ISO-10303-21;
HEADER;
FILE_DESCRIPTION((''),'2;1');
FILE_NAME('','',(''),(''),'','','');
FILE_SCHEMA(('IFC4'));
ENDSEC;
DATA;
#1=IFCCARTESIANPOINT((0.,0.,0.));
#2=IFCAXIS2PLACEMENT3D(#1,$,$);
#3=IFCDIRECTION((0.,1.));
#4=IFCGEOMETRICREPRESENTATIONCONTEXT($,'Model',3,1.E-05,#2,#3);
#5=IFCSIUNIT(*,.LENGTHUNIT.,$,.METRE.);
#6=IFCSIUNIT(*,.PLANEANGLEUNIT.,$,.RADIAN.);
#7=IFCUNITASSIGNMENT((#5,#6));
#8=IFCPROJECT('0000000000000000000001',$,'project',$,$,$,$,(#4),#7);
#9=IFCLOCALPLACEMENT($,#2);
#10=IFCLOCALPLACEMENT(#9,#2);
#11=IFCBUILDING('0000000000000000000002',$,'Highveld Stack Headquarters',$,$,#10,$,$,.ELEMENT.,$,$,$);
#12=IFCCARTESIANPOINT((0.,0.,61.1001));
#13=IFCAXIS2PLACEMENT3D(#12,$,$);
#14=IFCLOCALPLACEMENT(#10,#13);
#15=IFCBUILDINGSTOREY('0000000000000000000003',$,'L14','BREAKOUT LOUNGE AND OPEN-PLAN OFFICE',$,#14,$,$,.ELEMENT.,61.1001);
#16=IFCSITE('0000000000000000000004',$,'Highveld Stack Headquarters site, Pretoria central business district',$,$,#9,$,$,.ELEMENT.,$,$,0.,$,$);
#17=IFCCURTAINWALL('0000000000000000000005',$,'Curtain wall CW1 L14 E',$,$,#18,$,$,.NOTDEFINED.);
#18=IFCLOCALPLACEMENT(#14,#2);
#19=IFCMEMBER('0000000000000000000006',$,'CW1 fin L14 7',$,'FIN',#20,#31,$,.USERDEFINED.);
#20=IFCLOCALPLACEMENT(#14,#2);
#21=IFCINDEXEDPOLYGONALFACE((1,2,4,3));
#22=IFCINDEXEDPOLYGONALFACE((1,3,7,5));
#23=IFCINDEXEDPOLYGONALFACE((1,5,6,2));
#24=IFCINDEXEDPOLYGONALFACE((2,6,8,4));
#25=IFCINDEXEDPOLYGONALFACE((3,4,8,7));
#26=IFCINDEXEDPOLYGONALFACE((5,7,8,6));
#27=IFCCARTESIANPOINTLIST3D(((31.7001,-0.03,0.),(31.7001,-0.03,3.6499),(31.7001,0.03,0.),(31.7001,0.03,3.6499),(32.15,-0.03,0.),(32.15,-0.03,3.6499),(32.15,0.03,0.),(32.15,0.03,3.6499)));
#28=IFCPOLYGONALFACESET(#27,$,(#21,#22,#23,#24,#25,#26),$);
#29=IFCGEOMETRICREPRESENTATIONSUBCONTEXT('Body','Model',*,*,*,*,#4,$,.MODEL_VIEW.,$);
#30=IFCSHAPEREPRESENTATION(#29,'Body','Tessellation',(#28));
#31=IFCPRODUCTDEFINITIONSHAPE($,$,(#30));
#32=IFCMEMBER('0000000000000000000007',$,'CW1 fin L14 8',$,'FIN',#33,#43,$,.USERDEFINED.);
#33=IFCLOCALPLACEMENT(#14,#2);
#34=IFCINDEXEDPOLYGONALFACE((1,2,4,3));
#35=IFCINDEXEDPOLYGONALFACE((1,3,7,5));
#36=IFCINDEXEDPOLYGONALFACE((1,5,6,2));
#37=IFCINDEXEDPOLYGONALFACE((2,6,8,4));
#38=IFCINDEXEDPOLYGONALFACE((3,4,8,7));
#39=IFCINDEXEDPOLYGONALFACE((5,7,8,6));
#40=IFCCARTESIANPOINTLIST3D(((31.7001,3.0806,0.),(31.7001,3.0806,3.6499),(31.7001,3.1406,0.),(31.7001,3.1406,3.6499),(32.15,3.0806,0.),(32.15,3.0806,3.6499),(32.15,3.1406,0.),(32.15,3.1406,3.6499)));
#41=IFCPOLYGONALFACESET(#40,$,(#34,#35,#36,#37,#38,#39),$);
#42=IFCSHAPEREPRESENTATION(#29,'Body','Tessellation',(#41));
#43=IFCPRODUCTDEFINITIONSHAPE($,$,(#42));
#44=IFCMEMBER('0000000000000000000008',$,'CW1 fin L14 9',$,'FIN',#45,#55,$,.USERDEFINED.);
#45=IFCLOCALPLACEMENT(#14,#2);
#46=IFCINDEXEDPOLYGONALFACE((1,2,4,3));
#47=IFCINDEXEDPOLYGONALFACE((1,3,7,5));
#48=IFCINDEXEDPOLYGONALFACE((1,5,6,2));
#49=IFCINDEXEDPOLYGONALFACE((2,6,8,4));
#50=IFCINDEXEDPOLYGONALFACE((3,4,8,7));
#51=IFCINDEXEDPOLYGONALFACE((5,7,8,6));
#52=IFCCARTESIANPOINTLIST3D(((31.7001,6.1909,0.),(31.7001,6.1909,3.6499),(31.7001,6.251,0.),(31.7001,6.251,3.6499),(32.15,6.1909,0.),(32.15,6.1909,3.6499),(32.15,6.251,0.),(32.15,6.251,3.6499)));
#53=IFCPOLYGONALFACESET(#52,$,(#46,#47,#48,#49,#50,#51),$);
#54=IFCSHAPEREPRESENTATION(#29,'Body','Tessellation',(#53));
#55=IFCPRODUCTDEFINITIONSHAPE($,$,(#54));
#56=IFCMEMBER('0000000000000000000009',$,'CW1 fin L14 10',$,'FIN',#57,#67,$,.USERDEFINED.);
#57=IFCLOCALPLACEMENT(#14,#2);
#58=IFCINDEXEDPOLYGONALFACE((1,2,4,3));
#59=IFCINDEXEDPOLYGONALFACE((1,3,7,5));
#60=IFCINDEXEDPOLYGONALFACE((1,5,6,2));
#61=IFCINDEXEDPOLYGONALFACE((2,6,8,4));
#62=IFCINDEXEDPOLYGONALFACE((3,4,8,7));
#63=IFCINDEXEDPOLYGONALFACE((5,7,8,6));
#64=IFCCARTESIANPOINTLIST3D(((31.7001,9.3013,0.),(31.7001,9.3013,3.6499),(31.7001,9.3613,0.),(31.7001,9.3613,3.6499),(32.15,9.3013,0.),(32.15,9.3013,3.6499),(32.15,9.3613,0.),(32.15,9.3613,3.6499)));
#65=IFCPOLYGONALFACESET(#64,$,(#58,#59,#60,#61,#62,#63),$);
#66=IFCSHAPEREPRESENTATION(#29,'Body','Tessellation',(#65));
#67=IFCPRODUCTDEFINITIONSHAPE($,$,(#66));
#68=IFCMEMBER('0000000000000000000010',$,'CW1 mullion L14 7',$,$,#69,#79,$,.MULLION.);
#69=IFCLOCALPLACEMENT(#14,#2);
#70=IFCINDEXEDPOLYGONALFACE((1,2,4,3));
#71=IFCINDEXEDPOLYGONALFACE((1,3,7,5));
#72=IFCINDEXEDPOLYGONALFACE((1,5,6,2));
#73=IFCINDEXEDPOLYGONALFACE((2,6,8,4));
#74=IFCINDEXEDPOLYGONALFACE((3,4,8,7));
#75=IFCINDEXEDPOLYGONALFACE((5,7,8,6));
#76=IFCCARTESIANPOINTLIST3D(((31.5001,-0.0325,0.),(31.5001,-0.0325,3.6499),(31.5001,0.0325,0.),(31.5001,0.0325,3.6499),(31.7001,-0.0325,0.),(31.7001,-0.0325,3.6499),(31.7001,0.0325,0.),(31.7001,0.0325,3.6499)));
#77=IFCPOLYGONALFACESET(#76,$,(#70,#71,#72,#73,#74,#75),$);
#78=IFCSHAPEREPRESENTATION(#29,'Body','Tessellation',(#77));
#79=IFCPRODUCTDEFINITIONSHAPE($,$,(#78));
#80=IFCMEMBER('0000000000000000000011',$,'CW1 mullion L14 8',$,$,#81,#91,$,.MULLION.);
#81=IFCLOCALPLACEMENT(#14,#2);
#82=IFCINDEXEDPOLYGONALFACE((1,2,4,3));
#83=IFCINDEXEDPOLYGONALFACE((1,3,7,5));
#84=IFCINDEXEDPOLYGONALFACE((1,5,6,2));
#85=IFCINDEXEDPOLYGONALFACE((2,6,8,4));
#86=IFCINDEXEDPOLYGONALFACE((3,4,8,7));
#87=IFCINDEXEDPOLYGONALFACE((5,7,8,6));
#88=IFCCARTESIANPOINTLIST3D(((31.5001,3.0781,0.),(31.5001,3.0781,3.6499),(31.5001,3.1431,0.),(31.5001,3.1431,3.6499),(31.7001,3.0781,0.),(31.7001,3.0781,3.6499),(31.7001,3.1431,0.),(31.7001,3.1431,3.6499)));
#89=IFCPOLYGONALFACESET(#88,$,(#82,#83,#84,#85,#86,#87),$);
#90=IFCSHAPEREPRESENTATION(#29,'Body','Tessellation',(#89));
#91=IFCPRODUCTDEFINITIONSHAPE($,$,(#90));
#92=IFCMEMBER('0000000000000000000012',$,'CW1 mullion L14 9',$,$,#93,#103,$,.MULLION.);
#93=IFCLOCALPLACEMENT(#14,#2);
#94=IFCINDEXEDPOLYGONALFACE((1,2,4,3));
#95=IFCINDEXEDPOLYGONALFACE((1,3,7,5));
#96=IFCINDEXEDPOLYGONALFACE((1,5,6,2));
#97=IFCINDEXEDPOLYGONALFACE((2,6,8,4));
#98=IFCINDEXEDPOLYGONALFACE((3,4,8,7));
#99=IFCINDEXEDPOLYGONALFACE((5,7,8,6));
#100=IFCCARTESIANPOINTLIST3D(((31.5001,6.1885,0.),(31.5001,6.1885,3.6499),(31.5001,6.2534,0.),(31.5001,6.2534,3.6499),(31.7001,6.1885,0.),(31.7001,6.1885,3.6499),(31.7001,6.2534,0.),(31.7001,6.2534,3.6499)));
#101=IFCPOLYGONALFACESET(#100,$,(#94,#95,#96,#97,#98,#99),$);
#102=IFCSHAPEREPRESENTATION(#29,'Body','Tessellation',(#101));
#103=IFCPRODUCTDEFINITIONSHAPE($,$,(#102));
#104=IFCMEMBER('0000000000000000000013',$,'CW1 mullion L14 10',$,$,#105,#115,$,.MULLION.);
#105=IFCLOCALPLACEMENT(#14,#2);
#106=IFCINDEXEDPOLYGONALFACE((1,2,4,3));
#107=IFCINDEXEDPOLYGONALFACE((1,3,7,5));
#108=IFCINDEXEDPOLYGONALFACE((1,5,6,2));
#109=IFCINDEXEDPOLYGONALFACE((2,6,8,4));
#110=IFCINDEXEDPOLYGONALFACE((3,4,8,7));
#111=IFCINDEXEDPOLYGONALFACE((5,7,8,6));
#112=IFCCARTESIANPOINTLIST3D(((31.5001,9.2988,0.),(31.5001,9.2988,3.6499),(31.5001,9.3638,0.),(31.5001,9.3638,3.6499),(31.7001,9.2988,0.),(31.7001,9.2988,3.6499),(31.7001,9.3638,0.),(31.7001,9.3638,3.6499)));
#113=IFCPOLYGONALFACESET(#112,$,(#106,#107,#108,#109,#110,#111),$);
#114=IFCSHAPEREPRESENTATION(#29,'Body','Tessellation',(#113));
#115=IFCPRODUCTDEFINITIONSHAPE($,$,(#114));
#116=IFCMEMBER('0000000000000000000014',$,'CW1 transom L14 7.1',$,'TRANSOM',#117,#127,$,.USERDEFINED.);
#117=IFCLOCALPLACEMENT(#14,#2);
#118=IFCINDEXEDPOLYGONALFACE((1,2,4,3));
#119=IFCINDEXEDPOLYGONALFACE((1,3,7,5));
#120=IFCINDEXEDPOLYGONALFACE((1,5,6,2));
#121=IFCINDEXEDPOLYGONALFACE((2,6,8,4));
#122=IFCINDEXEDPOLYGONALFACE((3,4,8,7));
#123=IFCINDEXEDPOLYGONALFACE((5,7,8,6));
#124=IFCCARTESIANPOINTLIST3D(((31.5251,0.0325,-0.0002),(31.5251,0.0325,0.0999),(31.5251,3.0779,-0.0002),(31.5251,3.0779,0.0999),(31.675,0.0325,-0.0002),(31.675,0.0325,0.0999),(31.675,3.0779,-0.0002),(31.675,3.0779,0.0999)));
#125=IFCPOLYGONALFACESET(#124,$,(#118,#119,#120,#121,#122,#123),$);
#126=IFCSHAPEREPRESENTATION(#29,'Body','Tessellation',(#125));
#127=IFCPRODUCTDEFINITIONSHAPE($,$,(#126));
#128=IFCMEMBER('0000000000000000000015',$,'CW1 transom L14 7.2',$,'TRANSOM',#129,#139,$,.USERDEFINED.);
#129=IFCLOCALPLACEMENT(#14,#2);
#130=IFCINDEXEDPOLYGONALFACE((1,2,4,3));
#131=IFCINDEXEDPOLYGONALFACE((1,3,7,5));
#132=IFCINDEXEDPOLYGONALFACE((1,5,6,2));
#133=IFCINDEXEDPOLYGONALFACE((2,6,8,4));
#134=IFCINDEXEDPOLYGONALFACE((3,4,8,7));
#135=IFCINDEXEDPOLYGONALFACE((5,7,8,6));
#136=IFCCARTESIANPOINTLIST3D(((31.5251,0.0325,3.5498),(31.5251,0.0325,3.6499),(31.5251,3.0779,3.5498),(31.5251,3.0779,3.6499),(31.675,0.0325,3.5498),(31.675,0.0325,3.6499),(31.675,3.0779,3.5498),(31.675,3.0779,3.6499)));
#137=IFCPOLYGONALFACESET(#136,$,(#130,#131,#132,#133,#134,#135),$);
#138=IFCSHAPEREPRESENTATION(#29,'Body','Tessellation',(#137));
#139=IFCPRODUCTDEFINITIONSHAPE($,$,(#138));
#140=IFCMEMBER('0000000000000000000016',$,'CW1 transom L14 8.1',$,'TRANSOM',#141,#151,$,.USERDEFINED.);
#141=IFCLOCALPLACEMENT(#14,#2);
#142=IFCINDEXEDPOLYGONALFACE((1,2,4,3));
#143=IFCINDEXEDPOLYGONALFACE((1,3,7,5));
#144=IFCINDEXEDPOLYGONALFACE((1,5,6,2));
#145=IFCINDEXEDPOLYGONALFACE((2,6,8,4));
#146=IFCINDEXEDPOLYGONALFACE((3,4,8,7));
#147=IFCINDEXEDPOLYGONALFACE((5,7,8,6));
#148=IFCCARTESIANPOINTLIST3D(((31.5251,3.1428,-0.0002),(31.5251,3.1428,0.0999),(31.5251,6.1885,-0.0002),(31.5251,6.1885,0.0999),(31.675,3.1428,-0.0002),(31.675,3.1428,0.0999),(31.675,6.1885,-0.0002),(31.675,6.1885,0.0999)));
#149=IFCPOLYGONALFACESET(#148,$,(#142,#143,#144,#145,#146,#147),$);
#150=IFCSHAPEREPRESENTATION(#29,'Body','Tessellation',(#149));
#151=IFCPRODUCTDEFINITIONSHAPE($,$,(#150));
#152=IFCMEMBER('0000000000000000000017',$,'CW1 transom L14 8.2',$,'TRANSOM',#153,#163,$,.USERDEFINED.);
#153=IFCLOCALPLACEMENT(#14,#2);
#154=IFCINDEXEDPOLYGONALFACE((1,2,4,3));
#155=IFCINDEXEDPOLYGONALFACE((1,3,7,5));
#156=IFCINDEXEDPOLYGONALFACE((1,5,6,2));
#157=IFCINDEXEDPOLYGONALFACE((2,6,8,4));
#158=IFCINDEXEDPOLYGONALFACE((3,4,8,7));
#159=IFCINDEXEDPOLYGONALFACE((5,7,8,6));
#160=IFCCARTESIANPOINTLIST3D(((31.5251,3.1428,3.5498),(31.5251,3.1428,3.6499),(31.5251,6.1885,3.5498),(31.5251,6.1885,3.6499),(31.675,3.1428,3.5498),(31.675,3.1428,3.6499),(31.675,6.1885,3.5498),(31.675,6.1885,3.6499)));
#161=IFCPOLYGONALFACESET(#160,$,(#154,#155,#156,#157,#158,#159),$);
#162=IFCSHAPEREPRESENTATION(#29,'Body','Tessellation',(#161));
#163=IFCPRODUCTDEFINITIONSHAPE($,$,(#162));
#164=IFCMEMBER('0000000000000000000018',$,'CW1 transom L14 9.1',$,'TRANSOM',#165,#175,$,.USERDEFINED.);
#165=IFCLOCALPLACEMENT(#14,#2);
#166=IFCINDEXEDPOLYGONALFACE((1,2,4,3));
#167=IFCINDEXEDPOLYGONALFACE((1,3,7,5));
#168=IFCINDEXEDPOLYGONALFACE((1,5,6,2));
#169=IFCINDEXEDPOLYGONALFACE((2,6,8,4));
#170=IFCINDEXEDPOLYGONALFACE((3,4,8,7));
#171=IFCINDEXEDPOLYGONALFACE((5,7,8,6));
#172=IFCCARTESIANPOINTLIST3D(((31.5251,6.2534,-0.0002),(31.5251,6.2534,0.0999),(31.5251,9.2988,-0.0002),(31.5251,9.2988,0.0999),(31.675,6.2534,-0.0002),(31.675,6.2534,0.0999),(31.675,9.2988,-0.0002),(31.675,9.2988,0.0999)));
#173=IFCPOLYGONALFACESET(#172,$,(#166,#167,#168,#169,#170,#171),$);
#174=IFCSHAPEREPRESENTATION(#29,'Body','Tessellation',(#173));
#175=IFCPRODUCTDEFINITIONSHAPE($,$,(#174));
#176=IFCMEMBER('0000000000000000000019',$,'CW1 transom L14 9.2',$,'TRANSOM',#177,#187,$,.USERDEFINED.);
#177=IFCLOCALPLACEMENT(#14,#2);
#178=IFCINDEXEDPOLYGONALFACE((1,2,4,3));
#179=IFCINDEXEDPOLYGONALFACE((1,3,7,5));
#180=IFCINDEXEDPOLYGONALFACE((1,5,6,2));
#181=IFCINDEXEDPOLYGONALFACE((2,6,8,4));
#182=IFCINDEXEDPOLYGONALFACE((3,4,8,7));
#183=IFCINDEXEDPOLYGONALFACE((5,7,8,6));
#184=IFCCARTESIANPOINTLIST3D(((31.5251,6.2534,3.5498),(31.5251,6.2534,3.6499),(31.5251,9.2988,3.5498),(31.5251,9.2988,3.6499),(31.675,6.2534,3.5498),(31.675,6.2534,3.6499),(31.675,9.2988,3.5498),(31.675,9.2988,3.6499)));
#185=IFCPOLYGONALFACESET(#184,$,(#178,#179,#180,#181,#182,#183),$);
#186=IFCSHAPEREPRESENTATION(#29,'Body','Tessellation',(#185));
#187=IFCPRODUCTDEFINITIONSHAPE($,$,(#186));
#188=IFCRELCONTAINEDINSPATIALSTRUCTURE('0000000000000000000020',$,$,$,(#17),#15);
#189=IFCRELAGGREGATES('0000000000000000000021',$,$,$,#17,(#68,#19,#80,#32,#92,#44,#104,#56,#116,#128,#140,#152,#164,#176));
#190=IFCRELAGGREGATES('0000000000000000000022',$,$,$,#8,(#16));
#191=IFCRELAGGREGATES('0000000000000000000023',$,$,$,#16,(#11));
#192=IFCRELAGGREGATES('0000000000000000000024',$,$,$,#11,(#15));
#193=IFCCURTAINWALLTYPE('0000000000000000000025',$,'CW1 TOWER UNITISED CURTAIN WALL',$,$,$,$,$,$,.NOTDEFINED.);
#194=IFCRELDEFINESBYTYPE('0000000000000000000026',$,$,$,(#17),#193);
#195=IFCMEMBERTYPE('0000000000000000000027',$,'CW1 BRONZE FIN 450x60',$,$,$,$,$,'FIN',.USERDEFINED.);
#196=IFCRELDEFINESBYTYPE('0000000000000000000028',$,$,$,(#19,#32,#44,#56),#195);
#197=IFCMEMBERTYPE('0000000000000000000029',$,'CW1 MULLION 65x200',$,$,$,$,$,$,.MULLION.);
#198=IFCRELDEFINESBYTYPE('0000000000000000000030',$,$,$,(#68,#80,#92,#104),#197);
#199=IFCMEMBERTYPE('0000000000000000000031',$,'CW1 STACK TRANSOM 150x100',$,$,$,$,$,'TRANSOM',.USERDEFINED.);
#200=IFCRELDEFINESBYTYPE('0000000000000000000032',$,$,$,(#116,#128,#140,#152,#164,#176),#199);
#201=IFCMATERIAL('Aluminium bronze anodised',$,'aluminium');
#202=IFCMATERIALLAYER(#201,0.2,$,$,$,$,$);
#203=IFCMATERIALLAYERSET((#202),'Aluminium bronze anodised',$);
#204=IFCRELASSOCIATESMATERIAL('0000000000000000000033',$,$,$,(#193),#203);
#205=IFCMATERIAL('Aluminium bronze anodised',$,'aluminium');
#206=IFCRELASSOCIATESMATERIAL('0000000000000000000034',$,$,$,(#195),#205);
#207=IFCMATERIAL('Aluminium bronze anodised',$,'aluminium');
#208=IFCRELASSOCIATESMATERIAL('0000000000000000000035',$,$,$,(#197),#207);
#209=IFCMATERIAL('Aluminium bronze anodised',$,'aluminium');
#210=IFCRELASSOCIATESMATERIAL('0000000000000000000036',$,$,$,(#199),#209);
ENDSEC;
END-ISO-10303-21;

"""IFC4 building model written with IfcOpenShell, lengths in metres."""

from ifc_helpers import new_model, si_unit, direction, frame, origin, origin_2d, place, context, subcontext, project, spatial, rectangle, extrude, material, layer, layer_set, material_profile, profile_set, type_object, element, aggregate, save


model = new_model("IFC4")

# Units and contexts
model_context = context("Model", 3, precision=1e-05, world=origin(), true_north=direction((0.0, 1.0)))
body_context = subcontext(model_context, "Body", "Model", "MODEL_VIEW")
ifc_project = project(units=[si_unit("LENGTHUNIT", "METRE"), si_unit("PLANEANGLEUNIT", "RADIAN")], contexts=[model_context])

# Site, building, storey
site_placement = place(None, origin())
site = spatial("IfcSite", under=ifc_project, at=site_placement, Name="Highveld Stack Headquarters site, Pretoria central business district", CompositionType="ELEMENT", RefElevation=0.0)
building_placement = place(site_placement, origin())
building = spatial("IfcBuilding", under=site, at=building_placement, Name="Highveld Stack Headquarters", CompositionType="ELEMENT")
storey_placement = place(building_placement, frame((0.0, 0.0, 61.1001)))
storey = spatial("IfcBuildingStorey", under=building, at=storey_placement, Name="L14", Description="BREAKOUT LOUNGE AND OPEN-PLAN OFFICE", CompositionType="ELEMENT", Elevation=61.1001)

# Curtain wall, members
ifc_material_1 = material(Name="Aluminium bronze anodised", Category="aluminium")
ifc_layer_1 = layer(ifc_material_1, 0.2)
ifc_layer_set_1 = layer_set([ifc_layer_1], Name="Aluminium bronze anodised")
curtain_wall_type = type_object("IfcCurtainWallType", Name="CW1 TOWER UNITISED CURTAIN WALL", PredefinedType="NOTDEFINED", material=ifc_layer_set_1)
curtain_wall_placement = place(storey_placement, origin())
curtain_wall = element("IfcCurtainWall", 1, at=curtain_wall_placement, inside=storey, type_object=curtain_wall_type, Name="Curtain wall CW1 L14 E", PredefinedType="NOTDEFINED")
ifc_material_2 = material(Name="Aluminium bronze anodised", Category="aluminium")
ifc_material_profile_1 = material_profile(ifc_material_2, rectangle(XDim=0.45, YDim=0.0601, at=origin_2d()), Name="FIN 450x60")
ifc_profile_set_1 = profile_set([ifc_material_profile_1], Name="Aluminium bronze anodised")
member_type_1 = type_object("IfcMemberType", Name="CW1 BRONZE FIN 450x60", ElementType="FIN", PredefinedType="USERDEFINED", material=ifc_profile_set_1)
member_1_placement = place(storey_placement, frame((31.925, 0.0, 0.0), z_axis=(0.0, 0.0, 1.0), x_axis=(-1.0, 0.0, 0.0)))
member_1 = element("IfcMember", 2, at=member_1_placement, type_object=member_type_1, Name="CW1 fin L14 7", ObjectType="FIN", PredefinedType="USERDEFINED", context=body_context, shape_type="SweptSolid", body=[
    extrude(rectangle(XDim=0.45, YDim=0.0601, at=origin_2d()), origin(), (0.0, 0.0, 1.0), 3.6499),
])
member_2_placement = place(storey_placement, frame((31.925, 3.1106, 0.0), z_axis=(0.0, 0.0, 1.0), x_axis=(-1.0, 0.0, 0.0)))
member_2 = element("IfcMember", 3, at=member_2_placement, type_object=member_type_1, Name="CW1 fin L14 8", ObjectType="FIN", PredefinedType="USERDEFINED", context=body_context, shape_type="SweptSolid", body=[
    extrude(rectangle(XDim=0.45, YDim=0.0601, at=origin_2d()), origin(), (0.0, 0.0, 1.0), 3.6499),
])
member_3_placement = place(storey_placement, frame((31.925, 6.2209, 0.0), z_axis=(0.0, 0.0, 1.0), x_axis=(-1.0, 0.0, 0.0)))
member_3 = element("IfcMember", 4, at=member_3_placement, type_object=member_type_1, Name="CW1 fin L14 9", ObjectType="FIN", PredefinedType="USERDEFINED", context=body_context, shape_type="SweptSolid", body=[
    extrude(rectangle(XDim=0.45, YDim=0.0601, at=origin_2d()), origin(), (0.0, 0.0, 1.0), 3.6499),
])
member_4_placement = place(storey_placement, frame((31.925, 9.3313, 0.0), z_axis=(0.0, 0.0, 1.0), x_axis=(-1.0, 0.0, 0.0)))
member_4 = element("IfcMember", 5, at=member_4_placement, type_object=member_type_1, Name="CW1 fin L14 10", ObjectType="FIN", PredefinedType="USERDEFINED", context=body_context, shape_type="SweptSolid", body=[
    extrude(rectangle(XDim=0.45, YDim=0.0601, at=origin_2d()), origin(), (0.0, 0.0, 1.0), 3.6499),
])
ifc_material_3 = material(Name="Aluminium bronze anodised", Category="aluminium")
ifc_material_profile_2 = material_profile(ifc_material_3, rectangle(XDim=0.2, YDim=0.0649, at=origin_2d()), Name="CW1 MULLION 65x200")
ifc_profile_set_2 = profile_set([ifc_material_profile_2], Name="Aluminium bronze anodised")
member_type_2 = type_object("IfcMemberType", Name="CW1 MULLION 65x200", PredefinedType="MULLION", material=ifc_profile_set_2)
member_5_placement = place(storey_placement, frame((31.6001, 0.0, 0.0), z_axis=(0.0, 0.0, 1.0), x_axis=(-1.0, 0.0, 0.0)))
member_5 = element("IfcMember", 6, at=member_5_placement, type_object=member_type_2, Name="CW1 mullion L14 7", PredefinedType="MULLION", context=body_context, shape_type="SweptSolid", body=[
    extrude(rectangle(XDim=0.2, YDim=0.0649, at=origin_2d()), origin(), (0.0, 0.0, 1.0), 3.6499),
])
member_6_placement = place(storey_placement, frame((31.6001, 3.1106, 0.0), z_axis=(0.0, 0.0, 1.0), x_axis=(-1.0, 0.0, 0.0)))
member_6 = element("IfcMember", 7, at=member_6_placement, type_object=member_type_2, Name="CW1 mullion L14 8", PredefinedType="MULLION", context=body_context, shape_type="SweptSolid", body=[
    extrude(rectangle(XDim=0.2, YDim=0.0649, at=origin_2d()), origin(), (0.0, 0.0, 1.0), 3.6499),
])
member_7_placement = place(storey_placement, frame((31.6001, 6.2209, 0.0), z_axis=(0.0, 0.0, 1.0), x_axis=(-1.0, 0.0, 0.0)))
member_7 = element("IfcMember", 8, at=member_7_placement, type_object=member_type_2, Name="CW1 mullion L14 9", PredefinedType="MULLION", context=body_context, shape_type="SweptSolid", body=[
    extrude(rectangle(XDim=0.2, YDim=0.0649, at=origin_2d()), origin(), (0.0, 0.0, 1.0), 3.6499),
])
member_8_placement = place(storey_placement, frame((31.6001, 9.3313, 0.0), z_axis=(0.0, 0.0, 1.0), x_axis=(-1.0, 0.0, 0.0)))
member_8 = element("IfcMember", 9, at=member_8_placement, type_object=member_type_2, Name="CW1 mullion L14 10", PredefinedType="MULLION", context=body_context, shape_type="SweptSolid", body=[
    extrude(rectangle(XDim=0.2, YDim=0.0649, at=origin_2d()), origin(), (0.0, 0.0, 1.0), 3.6499),
])
ifc_material_4 = material(Name="Aluminium bronze anodised", Category="aluminium")
ifc_material_profile_3 = material_profile(ifc_material_4, rectangle(XDim=0.1499, YDim=0.1001, at=origin_2d()), Name="CW1 TRANSOM 150x100")
ifc_profile_set_3 = profile_set([ifc_material_profile_3], Name="Aluminium bronze anodised")
member_type_3 = type_object("IfcMemberType", Name="CW1 STACK TRANSOM 150x100", ElementType="TRANSOM", PredefinedType="USERDEFINED", material=ifc_profile_set_3)
member_9_placement = place(storey_placement, frame((31.6001, 0.0325, 0.0498), z_axis=(0.0, 1.0, 0.0), x_axis=(-1.0, 0.0, 0.0)))
member_9 = element("IfcMember", 10, at=member_9_placement, type_object=member_type_3, Name="CW1 transom L14 7.1", ObjectType="TRANSOM", PredefinedType="USERDEFINED", context=body_context, shape_type="SweptSolid", body=[
    extrude(rectangle(XDim=0.1499, YDim=0.1001, at=origin_2d()), origin(), (0.0, 0.0, 1.0), 3.0454),
])
member_10_placement = place(storey_placement, frame((31.6001, 0.0325, 3.5999), z_axis=(0.0, 1.0, 0.0), x_axis=(-1.0, 0.0, 0.0)))
member_10 = element("IfcMember", 11, at=member_10_placement, type_object=member_type_3, Name="CW1 transom L14 7.2", ObjectType="TRANSOM", PredefinedType="USERDEFINED", context=body_context, shape_type="SweptSolid", body=[
    extrude(rectangle(XDim=0.1499, YDim=0.1001, at=origin_2d()), origin(), (0.0, 0.0, 1.0), 3.0454),
])
member_11_placement = place(storey_placement, frame((31.6001, 3.1428, 0.0498), z_axis=(0.0, 1.0, 0.0), x_axis=(-1.0, 0.0, 0.0)))
member_11 = element("IfcMember", 12, at=member_11_placement, type_object=member_type_3, Name="CW1 transom L14 8.1", ObjectType="TRANSOM", PredefinedType="USERDEFINED", context=body_context, shape_type="SweptSolid", body=[
    extrude(rectangle(XDim=0.1499, YDim=0.1001, at=origin_2d()), origin(), (0.0, 0.0, 1.0), 3.0457),
])
member_12_placement = place(storey_placement, frame((31.6001, 3.1428, 3.5999), z_axis=(0.0, 1.0, 0.0), x_axis=(-1.0, 0.0, 0.0)))
member_12 = element("IfcMember", 13, at=member_12_placement, type_object=member_type_3, Name="CW1 transom L14 8.2", ObjectType="TRANSOM", PredefinedType="USERDEFINED", context=body_context, shape_type="SweptSolid", body=[
    extrude(rectangle(XDim=0.1499, YDim=0.1001, at=origin_2d()), origin(), (0.0, 0.0, 1.0), 3.0457),
])
member_13_placement = place(storey_placement, frame((31.6001, 6.2534, 0.0498), z_axis=(0.0, 1.0, 0.0), x_axis=(-1.0, 0.0, 0.0)))
member_13 = element("IfcMember", 14, at=member_13_placement, type_object=member_type_3, Name="CW1 transom L14 9.1", ObjectType="TRANSOM", PredefinedType="USERDEFINED", context=body_context, shape_type="SweptSolid", body=[
    extrude(rectangle(XDim=0.1499, YDim=0.1001, at=origin_2d()), origin(), (0.0, 0.0, 1.0), 3.0454),
])
member_14_placement = place(storey_placement, frame((31.6001, 6.2534, 3.5999), z_axis=(0.0, 1.0, 0.0), x_axis=(-1.0, 0.0, 0.0)))
member_14 = element("IfcMember", 15, at=member_14_placement, type_object=member_type_3, Name="CW1 transom L14 9.2", ObjectType="TRANSOM", PredefinedType="USERDEFINED", context=body_context, shape_type="SweptSolid", body=[
    extrude(rectangle(XDim=0.1499, YDim=0.1001, at=origin_2d()), origin(), (0.0, 0.0, 1.0), 3.0454),
])

aggregate(curtain_wall, [member_5, member_1, member_6, member_2, member_7, member_3, member_8, member_4, member_9, member_10, member_11, member_12, member_13, member_14])

save(model, "model.ifc")
